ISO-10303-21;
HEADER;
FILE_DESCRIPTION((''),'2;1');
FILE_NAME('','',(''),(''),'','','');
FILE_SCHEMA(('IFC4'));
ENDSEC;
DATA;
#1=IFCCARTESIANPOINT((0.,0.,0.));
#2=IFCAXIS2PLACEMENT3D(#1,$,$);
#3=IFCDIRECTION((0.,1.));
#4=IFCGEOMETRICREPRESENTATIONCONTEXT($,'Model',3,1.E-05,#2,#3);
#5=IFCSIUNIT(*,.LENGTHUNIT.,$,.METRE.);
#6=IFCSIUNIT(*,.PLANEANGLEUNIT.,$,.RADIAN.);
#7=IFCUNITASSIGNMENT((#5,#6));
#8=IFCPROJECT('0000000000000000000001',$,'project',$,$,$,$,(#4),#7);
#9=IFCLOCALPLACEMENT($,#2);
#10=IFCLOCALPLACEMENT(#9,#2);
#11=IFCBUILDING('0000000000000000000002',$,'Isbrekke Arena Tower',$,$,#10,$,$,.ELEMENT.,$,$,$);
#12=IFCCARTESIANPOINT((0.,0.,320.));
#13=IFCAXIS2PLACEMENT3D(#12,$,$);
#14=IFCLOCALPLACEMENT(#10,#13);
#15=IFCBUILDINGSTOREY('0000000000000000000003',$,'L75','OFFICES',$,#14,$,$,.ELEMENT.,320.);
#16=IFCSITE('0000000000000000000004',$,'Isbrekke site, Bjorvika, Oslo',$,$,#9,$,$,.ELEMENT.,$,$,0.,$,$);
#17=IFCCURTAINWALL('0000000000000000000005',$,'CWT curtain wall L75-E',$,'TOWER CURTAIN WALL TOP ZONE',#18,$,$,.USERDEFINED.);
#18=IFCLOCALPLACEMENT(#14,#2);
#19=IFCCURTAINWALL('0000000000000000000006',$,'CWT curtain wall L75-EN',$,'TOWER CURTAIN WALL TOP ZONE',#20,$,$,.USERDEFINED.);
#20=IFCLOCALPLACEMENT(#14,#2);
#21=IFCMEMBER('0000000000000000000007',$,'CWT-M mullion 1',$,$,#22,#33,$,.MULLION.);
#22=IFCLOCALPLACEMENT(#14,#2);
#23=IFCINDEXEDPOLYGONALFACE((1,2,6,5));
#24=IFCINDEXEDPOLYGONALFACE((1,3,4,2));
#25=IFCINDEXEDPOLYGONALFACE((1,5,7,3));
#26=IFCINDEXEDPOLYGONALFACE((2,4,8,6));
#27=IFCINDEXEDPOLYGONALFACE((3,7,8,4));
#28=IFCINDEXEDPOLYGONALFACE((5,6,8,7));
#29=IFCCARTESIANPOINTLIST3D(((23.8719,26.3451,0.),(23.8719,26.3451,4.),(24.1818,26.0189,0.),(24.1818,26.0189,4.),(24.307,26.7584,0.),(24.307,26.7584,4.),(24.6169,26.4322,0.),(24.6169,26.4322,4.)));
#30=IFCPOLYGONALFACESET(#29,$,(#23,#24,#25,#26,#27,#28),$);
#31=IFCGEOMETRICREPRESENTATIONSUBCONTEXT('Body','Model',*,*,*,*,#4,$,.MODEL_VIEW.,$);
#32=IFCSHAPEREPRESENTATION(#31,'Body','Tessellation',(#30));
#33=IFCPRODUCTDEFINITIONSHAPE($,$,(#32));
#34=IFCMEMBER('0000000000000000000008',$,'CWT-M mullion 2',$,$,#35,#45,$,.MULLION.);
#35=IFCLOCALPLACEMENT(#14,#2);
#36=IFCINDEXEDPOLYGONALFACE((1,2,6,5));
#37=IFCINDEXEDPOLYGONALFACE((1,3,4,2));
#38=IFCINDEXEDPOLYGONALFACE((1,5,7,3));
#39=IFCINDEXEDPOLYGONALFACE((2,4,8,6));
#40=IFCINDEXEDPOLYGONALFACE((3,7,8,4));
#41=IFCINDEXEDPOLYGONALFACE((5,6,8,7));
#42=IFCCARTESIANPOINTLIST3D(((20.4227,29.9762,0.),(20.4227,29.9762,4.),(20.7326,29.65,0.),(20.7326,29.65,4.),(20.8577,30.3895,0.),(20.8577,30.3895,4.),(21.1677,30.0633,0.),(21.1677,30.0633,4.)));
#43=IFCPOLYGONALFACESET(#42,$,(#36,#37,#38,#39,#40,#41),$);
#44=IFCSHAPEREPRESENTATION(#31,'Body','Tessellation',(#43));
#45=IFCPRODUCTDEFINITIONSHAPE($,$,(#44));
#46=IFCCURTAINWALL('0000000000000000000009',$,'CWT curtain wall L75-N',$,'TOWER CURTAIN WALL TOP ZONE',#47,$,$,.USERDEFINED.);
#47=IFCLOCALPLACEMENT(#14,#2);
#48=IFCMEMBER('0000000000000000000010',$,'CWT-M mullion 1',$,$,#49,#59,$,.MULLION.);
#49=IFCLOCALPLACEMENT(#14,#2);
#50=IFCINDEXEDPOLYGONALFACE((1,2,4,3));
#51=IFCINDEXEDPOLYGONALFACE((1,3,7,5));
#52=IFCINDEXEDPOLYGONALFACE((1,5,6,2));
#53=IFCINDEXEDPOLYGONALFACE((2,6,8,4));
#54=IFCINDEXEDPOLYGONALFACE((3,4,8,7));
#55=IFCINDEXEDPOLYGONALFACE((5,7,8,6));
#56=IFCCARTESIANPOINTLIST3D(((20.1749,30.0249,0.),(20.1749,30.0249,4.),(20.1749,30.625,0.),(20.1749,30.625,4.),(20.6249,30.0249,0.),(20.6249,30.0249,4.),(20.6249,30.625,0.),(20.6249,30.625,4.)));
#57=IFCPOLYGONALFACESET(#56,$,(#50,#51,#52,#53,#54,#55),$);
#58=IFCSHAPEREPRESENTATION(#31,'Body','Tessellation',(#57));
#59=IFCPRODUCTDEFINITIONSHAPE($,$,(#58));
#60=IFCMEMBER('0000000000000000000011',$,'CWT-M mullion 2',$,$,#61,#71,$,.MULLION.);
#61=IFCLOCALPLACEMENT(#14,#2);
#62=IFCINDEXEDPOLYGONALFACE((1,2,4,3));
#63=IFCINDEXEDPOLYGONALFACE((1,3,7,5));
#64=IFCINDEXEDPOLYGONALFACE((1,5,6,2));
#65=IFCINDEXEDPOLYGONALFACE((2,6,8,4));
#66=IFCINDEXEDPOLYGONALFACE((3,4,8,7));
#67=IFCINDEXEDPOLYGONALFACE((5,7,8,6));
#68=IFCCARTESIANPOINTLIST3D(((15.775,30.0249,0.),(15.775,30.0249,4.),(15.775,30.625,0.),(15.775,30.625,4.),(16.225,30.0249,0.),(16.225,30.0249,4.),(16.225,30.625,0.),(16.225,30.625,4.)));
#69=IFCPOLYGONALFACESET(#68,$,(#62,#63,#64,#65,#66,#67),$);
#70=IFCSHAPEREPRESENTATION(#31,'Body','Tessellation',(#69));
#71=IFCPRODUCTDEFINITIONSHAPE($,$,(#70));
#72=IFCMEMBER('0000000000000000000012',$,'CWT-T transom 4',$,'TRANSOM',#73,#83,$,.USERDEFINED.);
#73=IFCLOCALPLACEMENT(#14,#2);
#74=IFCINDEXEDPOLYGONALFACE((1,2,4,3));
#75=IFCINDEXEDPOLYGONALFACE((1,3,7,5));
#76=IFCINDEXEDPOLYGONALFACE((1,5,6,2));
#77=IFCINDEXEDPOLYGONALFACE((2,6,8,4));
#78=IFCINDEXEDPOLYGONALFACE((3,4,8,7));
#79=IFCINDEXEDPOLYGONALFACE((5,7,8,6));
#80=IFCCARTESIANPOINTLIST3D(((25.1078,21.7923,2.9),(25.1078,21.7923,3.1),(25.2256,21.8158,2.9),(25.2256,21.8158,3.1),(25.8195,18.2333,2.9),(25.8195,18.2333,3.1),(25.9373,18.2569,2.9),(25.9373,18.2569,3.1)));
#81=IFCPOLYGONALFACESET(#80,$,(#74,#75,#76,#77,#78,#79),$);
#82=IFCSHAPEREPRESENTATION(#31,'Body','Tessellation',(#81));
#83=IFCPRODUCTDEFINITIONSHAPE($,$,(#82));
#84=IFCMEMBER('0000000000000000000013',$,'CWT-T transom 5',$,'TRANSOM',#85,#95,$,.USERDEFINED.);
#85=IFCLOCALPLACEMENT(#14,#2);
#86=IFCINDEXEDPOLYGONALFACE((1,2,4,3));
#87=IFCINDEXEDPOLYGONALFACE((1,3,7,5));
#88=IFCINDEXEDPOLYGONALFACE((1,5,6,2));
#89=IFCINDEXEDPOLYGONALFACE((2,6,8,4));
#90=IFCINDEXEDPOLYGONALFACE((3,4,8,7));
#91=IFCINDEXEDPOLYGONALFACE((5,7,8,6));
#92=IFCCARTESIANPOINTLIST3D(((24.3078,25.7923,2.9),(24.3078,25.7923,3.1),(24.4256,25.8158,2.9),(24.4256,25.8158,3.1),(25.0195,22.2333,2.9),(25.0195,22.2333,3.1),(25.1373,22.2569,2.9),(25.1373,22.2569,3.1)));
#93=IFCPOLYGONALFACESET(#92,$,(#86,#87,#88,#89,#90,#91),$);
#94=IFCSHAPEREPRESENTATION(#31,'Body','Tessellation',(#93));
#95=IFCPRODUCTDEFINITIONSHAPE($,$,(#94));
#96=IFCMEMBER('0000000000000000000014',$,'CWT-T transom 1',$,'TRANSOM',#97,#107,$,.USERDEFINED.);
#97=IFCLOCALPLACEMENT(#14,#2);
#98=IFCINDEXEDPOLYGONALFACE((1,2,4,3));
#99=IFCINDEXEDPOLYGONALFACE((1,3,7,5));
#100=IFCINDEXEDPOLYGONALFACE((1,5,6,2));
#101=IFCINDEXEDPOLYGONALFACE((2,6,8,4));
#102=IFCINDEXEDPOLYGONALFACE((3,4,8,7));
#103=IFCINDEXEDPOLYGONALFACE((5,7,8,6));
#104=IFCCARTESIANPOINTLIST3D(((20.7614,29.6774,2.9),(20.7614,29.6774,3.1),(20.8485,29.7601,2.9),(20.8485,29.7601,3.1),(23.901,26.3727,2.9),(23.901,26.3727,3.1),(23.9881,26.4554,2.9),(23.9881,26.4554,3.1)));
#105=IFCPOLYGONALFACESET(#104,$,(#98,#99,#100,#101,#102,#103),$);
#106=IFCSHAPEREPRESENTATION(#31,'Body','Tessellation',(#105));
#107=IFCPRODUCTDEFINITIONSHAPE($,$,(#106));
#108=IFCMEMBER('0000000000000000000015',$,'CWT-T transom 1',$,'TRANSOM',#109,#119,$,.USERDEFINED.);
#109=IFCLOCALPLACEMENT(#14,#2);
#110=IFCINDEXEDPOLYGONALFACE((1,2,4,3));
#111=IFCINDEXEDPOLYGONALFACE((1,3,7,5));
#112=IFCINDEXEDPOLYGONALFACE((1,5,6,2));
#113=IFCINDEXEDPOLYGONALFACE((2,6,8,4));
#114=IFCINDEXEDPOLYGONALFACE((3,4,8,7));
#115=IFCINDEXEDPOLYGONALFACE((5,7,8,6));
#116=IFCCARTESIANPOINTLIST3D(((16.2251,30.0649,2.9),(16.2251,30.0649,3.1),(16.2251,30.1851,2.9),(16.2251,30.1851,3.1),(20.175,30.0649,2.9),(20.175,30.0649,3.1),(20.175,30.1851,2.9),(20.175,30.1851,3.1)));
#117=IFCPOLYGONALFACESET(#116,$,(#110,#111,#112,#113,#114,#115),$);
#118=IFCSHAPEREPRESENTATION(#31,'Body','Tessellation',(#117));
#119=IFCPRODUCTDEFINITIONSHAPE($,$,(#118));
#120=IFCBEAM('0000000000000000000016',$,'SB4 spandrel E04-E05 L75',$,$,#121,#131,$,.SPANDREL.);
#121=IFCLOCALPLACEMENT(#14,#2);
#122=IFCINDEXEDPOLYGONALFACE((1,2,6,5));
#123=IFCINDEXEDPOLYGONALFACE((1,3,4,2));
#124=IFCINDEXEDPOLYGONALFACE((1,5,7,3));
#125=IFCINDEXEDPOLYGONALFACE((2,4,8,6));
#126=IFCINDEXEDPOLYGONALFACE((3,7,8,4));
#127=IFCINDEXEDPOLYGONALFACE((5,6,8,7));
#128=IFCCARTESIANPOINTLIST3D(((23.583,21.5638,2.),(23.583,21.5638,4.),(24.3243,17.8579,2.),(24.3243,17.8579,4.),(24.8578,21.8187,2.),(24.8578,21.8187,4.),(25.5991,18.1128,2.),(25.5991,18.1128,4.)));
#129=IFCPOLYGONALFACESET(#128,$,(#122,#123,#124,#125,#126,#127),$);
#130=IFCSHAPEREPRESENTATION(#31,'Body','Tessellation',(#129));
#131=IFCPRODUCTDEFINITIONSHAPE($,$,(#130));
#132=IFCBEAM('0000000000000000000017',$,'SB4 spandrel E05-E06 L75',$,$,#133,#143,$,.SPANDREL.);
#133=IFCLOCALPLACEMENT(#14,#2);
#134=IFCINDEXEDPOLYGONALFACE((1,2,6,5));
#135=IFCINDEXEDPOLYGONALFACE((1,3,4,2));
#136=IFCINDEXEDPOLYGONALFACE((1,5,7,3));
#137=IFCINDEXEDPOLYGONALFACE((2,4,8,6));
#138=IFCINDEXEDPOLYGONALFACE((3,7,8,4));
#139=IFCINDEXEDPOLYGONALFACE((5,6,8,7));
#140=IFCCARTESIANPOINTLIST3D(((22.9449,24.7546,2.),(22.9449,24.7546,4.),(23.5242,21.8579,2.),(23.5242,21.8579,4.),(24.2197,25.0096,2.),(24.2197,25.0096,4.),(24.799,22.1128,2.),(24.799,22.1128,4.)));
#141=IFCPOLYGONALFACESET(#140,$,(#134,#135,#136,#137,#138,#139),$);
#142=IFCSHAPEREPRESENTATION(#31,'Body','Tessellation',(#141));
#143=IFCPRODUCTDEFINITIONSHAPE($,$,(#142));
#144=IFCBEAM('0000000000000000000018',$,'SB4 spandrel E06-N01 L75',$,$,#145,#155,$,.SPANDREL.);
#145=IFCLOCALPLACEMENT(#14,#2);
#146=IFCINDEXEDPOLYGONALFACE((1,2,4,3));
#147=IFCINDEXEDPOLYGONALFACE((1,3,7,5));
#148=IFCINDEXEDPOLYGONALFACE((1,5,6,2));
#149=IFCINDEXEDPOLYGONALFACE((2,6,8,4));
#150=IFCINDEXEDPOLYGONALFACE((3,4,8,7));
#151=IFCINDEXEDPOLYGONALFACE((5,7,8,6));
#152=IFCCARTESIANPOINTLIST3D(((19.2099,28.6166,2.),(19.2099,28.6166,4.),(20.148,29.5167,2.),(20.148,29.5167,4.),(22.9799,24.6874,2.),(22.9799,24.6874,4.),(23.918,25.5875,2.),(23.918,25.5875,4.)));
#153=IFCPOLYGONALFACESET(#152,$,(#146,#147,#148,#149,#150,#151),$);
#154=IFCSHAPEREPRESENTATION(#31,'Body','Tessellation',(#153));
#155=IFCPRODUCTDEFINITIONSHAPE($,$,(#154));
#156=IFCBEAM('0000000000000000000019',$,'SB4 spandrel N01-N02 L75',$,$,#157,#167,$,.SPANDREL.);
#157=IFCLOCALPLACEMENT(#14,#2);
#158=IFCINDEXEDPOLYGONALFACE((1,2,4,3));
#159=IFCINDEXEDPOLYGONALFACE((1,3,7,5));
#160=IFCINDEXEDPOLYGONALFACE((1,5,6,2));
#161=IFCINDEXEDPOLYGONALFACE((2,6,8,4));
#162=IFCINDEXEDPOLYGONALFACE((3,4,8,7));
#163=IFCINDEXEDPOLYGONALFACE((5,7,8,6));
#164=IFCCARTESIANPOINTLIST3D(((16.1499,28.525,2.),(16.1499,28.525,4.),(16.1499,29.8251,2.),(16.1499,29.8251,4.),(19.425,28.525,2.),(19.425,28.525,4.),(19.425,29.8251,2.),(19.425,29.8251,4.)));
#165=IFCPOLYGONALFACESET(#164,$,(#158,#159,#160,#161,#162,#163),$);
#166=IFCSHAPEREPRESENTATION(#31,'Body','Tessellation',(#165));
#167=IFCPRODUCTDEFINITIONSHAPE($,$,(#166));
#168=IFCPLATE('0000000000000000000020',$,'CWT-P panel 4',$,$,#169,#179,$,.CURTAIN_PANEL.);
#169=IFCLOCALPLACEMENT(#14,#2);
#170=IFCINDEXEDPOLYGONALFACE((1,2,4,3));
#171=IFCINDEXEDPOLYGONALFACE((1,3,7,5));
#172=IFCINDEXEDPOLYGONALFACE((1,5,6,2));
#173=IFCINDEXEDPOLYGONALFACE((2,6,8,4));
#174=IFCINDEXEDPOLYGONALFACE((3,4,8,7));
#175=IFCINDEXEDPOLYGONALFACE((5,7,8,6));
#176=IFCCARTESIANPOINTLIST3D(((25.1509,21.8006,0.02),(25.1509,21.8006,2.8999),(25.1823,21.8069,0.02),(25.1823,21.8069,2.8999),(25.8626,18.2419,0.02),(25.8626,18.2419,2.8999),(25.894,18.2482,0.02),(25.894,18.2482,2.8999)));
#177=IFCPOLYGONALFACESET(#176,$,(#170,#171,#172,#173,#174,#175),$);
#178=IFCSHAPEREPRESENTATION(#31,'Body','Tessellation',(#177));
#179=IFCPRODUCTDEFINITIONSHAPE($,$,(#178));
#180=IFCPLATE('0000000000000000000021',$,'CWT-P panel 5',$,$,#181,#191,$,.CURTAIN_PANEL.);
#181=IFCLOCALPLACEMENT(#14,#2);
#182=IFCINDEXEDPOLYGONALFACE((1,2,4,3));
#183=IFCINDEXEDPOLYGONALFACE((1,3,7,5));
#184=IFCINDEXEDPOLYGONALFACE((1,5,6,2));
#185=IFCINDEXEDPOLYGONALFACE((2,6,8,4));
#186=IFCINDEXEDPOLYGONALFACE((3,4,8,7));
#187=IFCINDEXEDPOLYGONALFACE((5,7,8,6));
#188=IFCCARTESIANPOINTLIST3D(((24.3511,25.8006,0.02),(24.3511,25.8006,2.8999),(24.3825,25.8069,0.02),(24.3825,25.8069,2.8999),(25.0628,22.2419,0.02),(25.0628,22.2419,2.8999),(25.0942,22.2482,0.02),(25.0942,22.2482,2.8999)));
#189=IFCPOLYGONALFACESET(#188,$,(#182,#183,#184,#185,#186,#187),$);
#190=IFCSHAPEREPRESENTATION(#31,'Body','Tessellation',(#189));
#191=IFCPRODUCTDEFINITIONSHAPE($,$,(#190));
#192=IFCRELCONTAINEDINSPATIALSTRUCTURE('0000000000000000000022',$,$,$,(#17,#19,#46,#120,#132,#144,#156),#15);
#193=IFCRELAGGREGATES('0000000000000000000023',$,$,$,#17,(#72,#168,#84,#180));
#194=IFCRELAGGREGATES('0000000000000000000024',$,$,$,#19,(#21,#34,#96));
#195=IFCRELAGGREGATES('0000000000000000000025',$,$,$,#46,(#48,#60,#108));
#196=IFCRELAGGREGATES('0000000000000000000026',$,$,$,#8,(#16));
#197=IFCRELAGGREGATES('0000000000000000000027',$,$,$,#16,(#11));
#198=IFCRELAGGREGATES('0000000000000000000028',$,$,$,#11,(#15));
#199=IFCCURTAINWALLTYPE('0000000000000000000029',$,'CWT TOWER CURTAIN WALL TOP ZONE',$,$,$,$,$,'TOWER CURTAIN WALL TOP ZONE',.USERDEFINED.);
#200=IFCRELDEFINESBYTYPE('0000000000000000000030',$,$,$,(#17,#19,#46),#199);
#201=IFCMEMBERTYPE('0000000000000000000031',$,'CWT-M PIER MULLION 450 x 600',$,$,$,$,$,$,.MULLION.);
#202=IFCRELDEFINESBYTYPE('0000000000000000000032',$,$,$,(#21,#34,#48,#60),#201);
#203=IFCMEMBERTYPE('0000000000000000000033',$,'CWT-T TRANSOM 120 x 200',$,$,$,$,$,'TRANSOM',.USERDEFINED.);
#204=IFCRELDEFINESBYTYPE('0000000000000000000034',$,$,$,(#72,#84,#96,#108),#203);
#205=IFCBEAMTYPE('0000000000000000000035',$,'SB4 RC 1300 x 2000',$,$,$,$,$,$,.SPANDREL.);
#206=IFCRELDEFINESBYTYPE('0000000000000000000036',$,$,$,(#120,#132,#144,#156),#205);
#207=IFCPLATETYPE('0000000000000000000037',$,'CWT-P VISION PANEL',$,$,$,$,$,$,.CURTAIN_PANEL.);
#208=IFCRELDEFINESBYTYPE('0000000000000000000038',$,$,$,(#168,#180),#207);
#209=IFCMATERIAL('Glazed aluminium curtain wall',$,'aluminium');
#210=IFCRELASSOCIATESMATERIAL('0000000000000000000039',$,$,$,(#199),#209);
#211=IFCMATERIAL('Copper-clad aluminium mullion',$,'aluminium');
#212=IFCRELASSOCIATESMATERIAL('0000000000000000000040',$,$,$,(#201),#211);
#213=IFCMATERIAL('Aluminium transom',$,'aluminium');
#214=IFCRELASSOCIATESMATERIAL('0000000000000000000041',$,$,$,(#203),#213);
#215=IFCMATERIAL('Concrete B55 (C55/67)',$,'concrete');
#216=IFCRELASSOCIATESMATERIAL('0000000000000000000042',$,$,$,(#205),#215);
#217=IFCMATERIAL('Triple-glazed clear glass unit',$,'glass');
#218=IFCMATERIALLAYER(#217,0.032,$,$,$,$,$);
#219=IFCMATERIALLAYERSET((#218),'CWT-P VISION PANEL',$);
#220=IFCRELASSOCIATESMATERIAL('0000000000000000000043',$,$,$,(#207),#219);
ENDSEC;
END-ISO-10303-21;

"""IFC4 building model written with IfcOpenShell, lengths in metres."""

from ifc_helpers import new_model, si_unit, direction, frame, origin, origin_2d, place, context, subcontext, project, spatial, rectangle, extrude, material, layer, layer_set, material_profile, profile_set, type_object, element, aggregate, save


model = new_model("IFC4")

# Units and contexts
model_context = context("Model", 3, precision=1e-05, world=origin(), true_north=direction((0.0, 1.0)))
body_context = subcontext(model_context, "Body", "Model", "MODEL_VIEW")
ifc_project = project(units=[si_unit("LENGTHUNIT", "METRE"), si_unit("PLANEANGLEUNIT", "RADIAN")], contexts=[model_context])

# Site, building, storey
site_placement = place(None, origin())
site = spatial("IfcSite", under=ifc_project, at=site_placement, Name="Isbrekke site, Bjorvika, Oslo", CompositionType="ELEMENT", RefElevation=0.0)
building_placement = place(site_placement, origin())
building = spatial("IfcBuilding", under=site, at=building_placement, Name="Isbrekke Arena Tower", CompositionType="ELEMENT")
storey_placement = place(building_placement, frame((0.0, 0.0, 320.0)))
storey = spatial("IfcBuildingStorey", under=building, at=storey_placement, Name="L75", Description="OFFICES", CompositionType="ELEMENT", Elevation=320.0)

# Curtain walls, members
ifc_material_1 = material(Name="Glazed aluminium curtain wall", Category="aluminium")
curtain_wall_type = type_object("IfcCurtainWallType", Name="CWT TOWER CURTAIN WALL TOP ZONE", ElementType="TOWER CURTAIN WALL TOP ZONE", PredefinedType="USERDEFINED", material=ifc_material_1)
curtain_wall_1_placement = place(storey_placement, origin())
curtain_wall_1 = element("IfcCurtainWall", 1, at=curtain_wall_1_placement, inside=storey, type_object=curtain_wall_type, Name="CWT curtain wall L75-E", ObjectType="TOWER CURTAIN WALL TOP ZONE", PredefinedType="USERDEFINED")
ifc_material_2 = material(Name="Copper-clad aluminium mullion", Category="aluminium")
ifc_material_profile_1 = material_profile(ifc_material_2, rectangle(XDim=0.45, YDim=0.6001, at=origin_2d()), Name="PIER 450X600")
ifc_profile_set_1 = profile_set([ifc_material_profile_1], Name="Copper-clad aluminium mullion")
member_type_1 = type_object("IfcMemberType", Name="CWT-M PIER MULLION 450 x 600", PredefinedType="MULLION", material=ifc_profile_set_1)
curtain_wall_2_placement = place(storey_placement, origin())
curtain_wall_2 = element("IfcCurtainWall", 2, at=curtain_wall_2_placement, inside=storey, type_object=curtain_wall_type, Name="CWT curtain wall L75-EN", ObjectType="TOWER CURTAIN WALL TOP ZONE", PredefinedType="USERDEFINED")
member_1_placement = place(storey_placement, frame((24.2444, 26.3887, 0.0), z_axis=(0.0, 0.0, 1.0), x_axis=(-0.688749, 0.724999, 0.0)))
member_1 = element("IfcMember", 3, at=member_1_placement, type_object=member_type_1, Name="CWT-M mullion 1", PredefinedType="MULLION", context=body_context, shape_type="SweptSolid", body=[
    extrude(rectangle(XDim=0.45, YDim=0.6001, at=origin_2d()), origin(), (0.0, 0.0, 1.0), 4.0),
])
member_2_placement = place(storey_placement, frame((20.7952, 30.0198, 0.0), z_axis=(0.0, 0.0, 1.0), x_axis=(-0.688749, 0.724999, 0.0)))
member_2 = element("IfcMember", 4, at=member_2_placement, type_object=member_type_1, Name="CWT-M mullion 2", PredefinedType="MULLION", context=body_context, shape_type="SweptSolid", body=[
    extrude(rectangle(XDim=0.45, YDim=0.6001, at=origin_2d()), origin(), (0.0, 0.0, 1.0), 4.0),
])
curtain_wall_3_placement = place(storey_placement, origin())
curtain_wall_3 = element("IfcCurtainWall", 5, at=curtain_wall_3_placement, inside=storey, type_object=curtain_wall_type, Name="CWT curtain wall L75-N", ObjectType="TOWER CURTAIN WALL TOP ZONE", PredefinedType="USERDEFINED")
member_3_placement = place(storey_placement, frame((20.3999, 30.325, 0.0), z_axis=(0.0, 0.0, 1.0), x_axis=(-1.0, 0.0, 0.0)))
member_3 = element("IfcMember", 6, at=member_3_placement, type_object=member_type_1, Name="CWT-M mullion 1", PredefinedType="MULLION", context=body_context, shape_type="SweptSolid", body=[
    extrude(rectangle(XDim=0.45, YDim=0.6001, at=origin_2d()), origin(), (0.0, 0.0, 1.0), 4.0),
])
member_4_placement = place(storey_placement, frame((16.0, 30.325, 0.0), z_axis=(0.0, 0.0, 1.0), x_axis=(-1.0, 0.0, 0.0)))
member_4 = element("IfcMember", 7, at=member_4_placement, type_object=member_type_1, Name="CWT-M mullion 2", PredefinedType="MULLION", context=body_context, shape_type="SweptSolid", body=[
    extrude(rectangle(XDim=0.45, YDim=0.6001, at=origin_2d()), origin(), (0.0, 0.0, 1.0), 4.0),
])

# Members
ifc_material_3 = material(Name="Aluminium transom", Category="aluminium")
ifc_material_profile_2 = material_profile(ifc_material_3, rectangle(XDim=0.1201, YDim=0.2, at=origin_2d()), Name="TRANSOM 120X200")
ifc_profile_set_2 = profile_set([ifc_material_profile_2], Name="Aluminium transom")
member_type_2 = type_object("IfcMemberType", Name="CWT-T TRANSOM 120 x 200", ElementType="TRANSOM", PredefinedType="USERDEFINED", material=ifc_profile_set_2)
member_5_placement = place(storey_placement, frame((25.8784, 18.2451, 3.0), z_axis=(-0.19609, 0.980586, 0.0), x_axis=(-0.980586, -0.19609, 0.0)))
member_5 = element("IfcMember", 8, at=member_5_placement, type_object=member_type_2, Name="CWT-T transom 4", ObjectType="TRANSOM", PredefinedType="USERDEFINED", context=body_context, shape_type="SweptSolid", body=[
    extrude(rectangle(XDim=0.1201, YDim=0.2, at=origin_2d()), origin(), (0.0, 0.0, 1.0), 3.6294),
])
member_6_placement = place(storey_placement, frame((25.0784, 22.2451, 3.0), z_axis=(-0.19609, 0.980586, 0.0), x_axis=(-0.980586, -0.19609, 0.0)))
member_6 = element("IfcMember", 9, at=member_6_placement, type_object=member_type_2, Name="CWT-T transom 5", ObjectType="TRANSOM", PredefinedType="USERDEFINED", context=body_context, shape_type="SweptSolid", body=[
    extrude(rectangle(XDim=0.1201, YDim=0.2, at=origin_2d()), origin(), (0.0, 0.0, 1.0), 3.6294),
])
member_7_placement = place(storey_placement, frame((23.9446, 26.4141, 3.0), z_axis=(-0.688772, 0.724978, 0.0), x_axis=(-0.724978, -0.688772, 0.0)))
member_7 = element("IfcMember", 10, at=member_7_placement, type_object=member_type_2, Name="CWT-T transom 1", ObjectType="TRANSOM", PredefinedType="USERDEFINED", context=body_context, shape_type="SweptSolid", body=[
    extrude(rectangle(XDim=0.1201, YDim=0.2, at=origin_2d()), origin(), (0.0, 0.0, 1.0), 4.5583),
])
member_8_placement = place(storey_placement, frame((20.175, 30.125, 3.0), z_axis=(-1.0, 0.0, 0.0), x_axis=(0.0, -1.0, 0.0)))
member_8 = element("IfcMember", 11, at=member_8_placement, type_object=member_type_2, Name="CWT-T transom 1", ObjectType="TRANSOM", PredefinedType="USERDEFINED", context=body_context, shape_type="SweptSolid", body=[
    extrude(rectangle(XDim=0.1201, YDim=0.2, at=origin_2d()), origin(), (0.0, 0.0, 1.0), 3.95),
])

# Beams
ifc_material_4 = material(Name="Concrete B55 (C55/67)", Category="concrete")
ifc_material_profile_3 = material_profile(ifc_material_4, rectangle(XDim=1.3, YDim=2.0, at=origin_2d()), Name="RC 1300x2000")
ifc_profile_set_3 = profile_set([ifc_material_profile_3], Name="Concrete B55 (C55/67)")
beam_type_1 = type_object("IfcBeamType", Name="SB4 RC 1300 x 2000", PredefinedType="SPANDREL", material=ifc_profile_set_3)
beam_1_placement = place(storey_placement, frame((24.9617, 17.9854, 3.0), z_axis=(-0.196129, 0.980578, 0.0), x_axis=(-0.980578, -0.196129, 0.0)))
element("IfcBeam", 12, at=beam_1_placement, inside=storey, type_object=beam_type_1, Name="SB4 spandrel E04-E05 L75", PredefinedType="SPANDREL", context=body_context, shape_type="SweptSolid", body=[
    extrude(rectangle(XDim=1.3, YDim=2.0, at=origin_2d()), origin(), (0.0, 0.0, 1.0), 3.7793),
])
beam_2_placement = place(storey_placement, frame((24.1616, 21.9854, 3.0), z_axis=(-0.196116, 0.980581, 0.0), x_axis=(-0.980581, -0.196116, 0.0)))
element("IfcBeam", 13, at=beam_2_placement, inside=storey, type_object=beam_type_1, Name="SB4 spandrel E05-E06 L75", PredefinedType="SPANDREL", context=body_context, shape_type="SweptSolid", body=[
    extrude(rectangle(XDim=1.3, YDim=2.0, at=origin_2d()), origin(), (0.0, 0.0, 1.0), 2.9541),
])
beam_3_placement = place(storey_placement, frame((23.449, 25.1375, 3.0), z_axis=(-0.69234, 0.721572, 0.0), x_axis=(-0.721572, -0.69234, 0.0)))
element("IfcBeam", 14, at=beam_3_placement, inside=storey, type_object=beam_type_1, Name="SB4 spandrel E06-N01 L75", PredefinedType="SPANDREL", context=body_context, shape_type="SweptSolid", body=[
    extrude(rectangle(XDim=1.3, YDim=2.0, at=origin_2d()), origin(), (0.0, 0.0, 1.0), 5.4453),
])
beam_4_placement = place(storey_placement, frame((19.425, 29.175, 3.0), z_axis=(-1.0, 0.0, 0.0), x_axis=(0.0, -1.0, 0.0)))
element("IfcBeam", 15, at=beam_4_placement, inside=storey, type_object=beam_type_1, Name="SB4 spandrel N01-N02 L75", PredefinedType="SPANDREL", context=body_context, shape_type="SweptSolid", body=[
    extrude(rectangle(XDim=1.3, YDim=2.0, at=origin_2d()), origin(), (0.0, 0.0, 1.0), 3.2751),
])

# Plates
ifc_material_5 = material(Name="Triple-glazed clear glass unit", Category="glass")
ifc_layer_1 = layer(ifc_material_5, 0.032)
ifc_layer_set_1 = layer_set([ifc_layer_1], Name="CWT-P VISION PANEL")
plate_type = type_object("IfcPlateType", Name="CWT-P VISION PANEL", PredefinedType="CURTAIN_PANEL", material=ifc_layer_set_1)
plate_1_placement = place(storey_placement, frame((25.5225, 20.0244, 0.02), z_axis=(0.0, 0.0, 1.0), x_axis=(-0.196116, 0.980581, 0.0)))
plate_1 = element("IfcPlate", 16, at=plate_1_placement, type_object=plate_type, Name="CWT-P panel 4", PredefinedType="CURTAIN_PANEL", context=body_context, shape_type="SweptSolid", body=[
    extrude(rectangle(XDim=3.6292, YDim=0.032, at=origin_2d()), origin(), (0.0, 0.0, 1.0), 2.8799),
])
plate_2_placement = place(storey_placement, frame((24.7227, 24.0244, 0.02), z_axis=(0.0, 0.0, 1.0), x_axis=(-0.196116, 0.980581, 0.0)))
plate_2 = element("IfcPlate", 17, at=plate_2_placement, type_object=plate_type, Name="CWT-P panel 5", PredefinedType="CURTAIN_PANEL", context=body_context, shape_type="SweptSolid", body=[
    extrude(rectangle(XDim=3.6292, YDim=0.032, at=origin_2d()), origin(), (0.0, 0.0, 1.0), 2.8799),
])
aggregate(curtain_wall_1, [member_5, plate_1, member_6, plate_2])
aggregate(curtain_wall_2, [member_1, member_2, member_7])
aggregate(curtain_wall_3, [member_3, member_4, member_8])

save(model, "model.ifc")
